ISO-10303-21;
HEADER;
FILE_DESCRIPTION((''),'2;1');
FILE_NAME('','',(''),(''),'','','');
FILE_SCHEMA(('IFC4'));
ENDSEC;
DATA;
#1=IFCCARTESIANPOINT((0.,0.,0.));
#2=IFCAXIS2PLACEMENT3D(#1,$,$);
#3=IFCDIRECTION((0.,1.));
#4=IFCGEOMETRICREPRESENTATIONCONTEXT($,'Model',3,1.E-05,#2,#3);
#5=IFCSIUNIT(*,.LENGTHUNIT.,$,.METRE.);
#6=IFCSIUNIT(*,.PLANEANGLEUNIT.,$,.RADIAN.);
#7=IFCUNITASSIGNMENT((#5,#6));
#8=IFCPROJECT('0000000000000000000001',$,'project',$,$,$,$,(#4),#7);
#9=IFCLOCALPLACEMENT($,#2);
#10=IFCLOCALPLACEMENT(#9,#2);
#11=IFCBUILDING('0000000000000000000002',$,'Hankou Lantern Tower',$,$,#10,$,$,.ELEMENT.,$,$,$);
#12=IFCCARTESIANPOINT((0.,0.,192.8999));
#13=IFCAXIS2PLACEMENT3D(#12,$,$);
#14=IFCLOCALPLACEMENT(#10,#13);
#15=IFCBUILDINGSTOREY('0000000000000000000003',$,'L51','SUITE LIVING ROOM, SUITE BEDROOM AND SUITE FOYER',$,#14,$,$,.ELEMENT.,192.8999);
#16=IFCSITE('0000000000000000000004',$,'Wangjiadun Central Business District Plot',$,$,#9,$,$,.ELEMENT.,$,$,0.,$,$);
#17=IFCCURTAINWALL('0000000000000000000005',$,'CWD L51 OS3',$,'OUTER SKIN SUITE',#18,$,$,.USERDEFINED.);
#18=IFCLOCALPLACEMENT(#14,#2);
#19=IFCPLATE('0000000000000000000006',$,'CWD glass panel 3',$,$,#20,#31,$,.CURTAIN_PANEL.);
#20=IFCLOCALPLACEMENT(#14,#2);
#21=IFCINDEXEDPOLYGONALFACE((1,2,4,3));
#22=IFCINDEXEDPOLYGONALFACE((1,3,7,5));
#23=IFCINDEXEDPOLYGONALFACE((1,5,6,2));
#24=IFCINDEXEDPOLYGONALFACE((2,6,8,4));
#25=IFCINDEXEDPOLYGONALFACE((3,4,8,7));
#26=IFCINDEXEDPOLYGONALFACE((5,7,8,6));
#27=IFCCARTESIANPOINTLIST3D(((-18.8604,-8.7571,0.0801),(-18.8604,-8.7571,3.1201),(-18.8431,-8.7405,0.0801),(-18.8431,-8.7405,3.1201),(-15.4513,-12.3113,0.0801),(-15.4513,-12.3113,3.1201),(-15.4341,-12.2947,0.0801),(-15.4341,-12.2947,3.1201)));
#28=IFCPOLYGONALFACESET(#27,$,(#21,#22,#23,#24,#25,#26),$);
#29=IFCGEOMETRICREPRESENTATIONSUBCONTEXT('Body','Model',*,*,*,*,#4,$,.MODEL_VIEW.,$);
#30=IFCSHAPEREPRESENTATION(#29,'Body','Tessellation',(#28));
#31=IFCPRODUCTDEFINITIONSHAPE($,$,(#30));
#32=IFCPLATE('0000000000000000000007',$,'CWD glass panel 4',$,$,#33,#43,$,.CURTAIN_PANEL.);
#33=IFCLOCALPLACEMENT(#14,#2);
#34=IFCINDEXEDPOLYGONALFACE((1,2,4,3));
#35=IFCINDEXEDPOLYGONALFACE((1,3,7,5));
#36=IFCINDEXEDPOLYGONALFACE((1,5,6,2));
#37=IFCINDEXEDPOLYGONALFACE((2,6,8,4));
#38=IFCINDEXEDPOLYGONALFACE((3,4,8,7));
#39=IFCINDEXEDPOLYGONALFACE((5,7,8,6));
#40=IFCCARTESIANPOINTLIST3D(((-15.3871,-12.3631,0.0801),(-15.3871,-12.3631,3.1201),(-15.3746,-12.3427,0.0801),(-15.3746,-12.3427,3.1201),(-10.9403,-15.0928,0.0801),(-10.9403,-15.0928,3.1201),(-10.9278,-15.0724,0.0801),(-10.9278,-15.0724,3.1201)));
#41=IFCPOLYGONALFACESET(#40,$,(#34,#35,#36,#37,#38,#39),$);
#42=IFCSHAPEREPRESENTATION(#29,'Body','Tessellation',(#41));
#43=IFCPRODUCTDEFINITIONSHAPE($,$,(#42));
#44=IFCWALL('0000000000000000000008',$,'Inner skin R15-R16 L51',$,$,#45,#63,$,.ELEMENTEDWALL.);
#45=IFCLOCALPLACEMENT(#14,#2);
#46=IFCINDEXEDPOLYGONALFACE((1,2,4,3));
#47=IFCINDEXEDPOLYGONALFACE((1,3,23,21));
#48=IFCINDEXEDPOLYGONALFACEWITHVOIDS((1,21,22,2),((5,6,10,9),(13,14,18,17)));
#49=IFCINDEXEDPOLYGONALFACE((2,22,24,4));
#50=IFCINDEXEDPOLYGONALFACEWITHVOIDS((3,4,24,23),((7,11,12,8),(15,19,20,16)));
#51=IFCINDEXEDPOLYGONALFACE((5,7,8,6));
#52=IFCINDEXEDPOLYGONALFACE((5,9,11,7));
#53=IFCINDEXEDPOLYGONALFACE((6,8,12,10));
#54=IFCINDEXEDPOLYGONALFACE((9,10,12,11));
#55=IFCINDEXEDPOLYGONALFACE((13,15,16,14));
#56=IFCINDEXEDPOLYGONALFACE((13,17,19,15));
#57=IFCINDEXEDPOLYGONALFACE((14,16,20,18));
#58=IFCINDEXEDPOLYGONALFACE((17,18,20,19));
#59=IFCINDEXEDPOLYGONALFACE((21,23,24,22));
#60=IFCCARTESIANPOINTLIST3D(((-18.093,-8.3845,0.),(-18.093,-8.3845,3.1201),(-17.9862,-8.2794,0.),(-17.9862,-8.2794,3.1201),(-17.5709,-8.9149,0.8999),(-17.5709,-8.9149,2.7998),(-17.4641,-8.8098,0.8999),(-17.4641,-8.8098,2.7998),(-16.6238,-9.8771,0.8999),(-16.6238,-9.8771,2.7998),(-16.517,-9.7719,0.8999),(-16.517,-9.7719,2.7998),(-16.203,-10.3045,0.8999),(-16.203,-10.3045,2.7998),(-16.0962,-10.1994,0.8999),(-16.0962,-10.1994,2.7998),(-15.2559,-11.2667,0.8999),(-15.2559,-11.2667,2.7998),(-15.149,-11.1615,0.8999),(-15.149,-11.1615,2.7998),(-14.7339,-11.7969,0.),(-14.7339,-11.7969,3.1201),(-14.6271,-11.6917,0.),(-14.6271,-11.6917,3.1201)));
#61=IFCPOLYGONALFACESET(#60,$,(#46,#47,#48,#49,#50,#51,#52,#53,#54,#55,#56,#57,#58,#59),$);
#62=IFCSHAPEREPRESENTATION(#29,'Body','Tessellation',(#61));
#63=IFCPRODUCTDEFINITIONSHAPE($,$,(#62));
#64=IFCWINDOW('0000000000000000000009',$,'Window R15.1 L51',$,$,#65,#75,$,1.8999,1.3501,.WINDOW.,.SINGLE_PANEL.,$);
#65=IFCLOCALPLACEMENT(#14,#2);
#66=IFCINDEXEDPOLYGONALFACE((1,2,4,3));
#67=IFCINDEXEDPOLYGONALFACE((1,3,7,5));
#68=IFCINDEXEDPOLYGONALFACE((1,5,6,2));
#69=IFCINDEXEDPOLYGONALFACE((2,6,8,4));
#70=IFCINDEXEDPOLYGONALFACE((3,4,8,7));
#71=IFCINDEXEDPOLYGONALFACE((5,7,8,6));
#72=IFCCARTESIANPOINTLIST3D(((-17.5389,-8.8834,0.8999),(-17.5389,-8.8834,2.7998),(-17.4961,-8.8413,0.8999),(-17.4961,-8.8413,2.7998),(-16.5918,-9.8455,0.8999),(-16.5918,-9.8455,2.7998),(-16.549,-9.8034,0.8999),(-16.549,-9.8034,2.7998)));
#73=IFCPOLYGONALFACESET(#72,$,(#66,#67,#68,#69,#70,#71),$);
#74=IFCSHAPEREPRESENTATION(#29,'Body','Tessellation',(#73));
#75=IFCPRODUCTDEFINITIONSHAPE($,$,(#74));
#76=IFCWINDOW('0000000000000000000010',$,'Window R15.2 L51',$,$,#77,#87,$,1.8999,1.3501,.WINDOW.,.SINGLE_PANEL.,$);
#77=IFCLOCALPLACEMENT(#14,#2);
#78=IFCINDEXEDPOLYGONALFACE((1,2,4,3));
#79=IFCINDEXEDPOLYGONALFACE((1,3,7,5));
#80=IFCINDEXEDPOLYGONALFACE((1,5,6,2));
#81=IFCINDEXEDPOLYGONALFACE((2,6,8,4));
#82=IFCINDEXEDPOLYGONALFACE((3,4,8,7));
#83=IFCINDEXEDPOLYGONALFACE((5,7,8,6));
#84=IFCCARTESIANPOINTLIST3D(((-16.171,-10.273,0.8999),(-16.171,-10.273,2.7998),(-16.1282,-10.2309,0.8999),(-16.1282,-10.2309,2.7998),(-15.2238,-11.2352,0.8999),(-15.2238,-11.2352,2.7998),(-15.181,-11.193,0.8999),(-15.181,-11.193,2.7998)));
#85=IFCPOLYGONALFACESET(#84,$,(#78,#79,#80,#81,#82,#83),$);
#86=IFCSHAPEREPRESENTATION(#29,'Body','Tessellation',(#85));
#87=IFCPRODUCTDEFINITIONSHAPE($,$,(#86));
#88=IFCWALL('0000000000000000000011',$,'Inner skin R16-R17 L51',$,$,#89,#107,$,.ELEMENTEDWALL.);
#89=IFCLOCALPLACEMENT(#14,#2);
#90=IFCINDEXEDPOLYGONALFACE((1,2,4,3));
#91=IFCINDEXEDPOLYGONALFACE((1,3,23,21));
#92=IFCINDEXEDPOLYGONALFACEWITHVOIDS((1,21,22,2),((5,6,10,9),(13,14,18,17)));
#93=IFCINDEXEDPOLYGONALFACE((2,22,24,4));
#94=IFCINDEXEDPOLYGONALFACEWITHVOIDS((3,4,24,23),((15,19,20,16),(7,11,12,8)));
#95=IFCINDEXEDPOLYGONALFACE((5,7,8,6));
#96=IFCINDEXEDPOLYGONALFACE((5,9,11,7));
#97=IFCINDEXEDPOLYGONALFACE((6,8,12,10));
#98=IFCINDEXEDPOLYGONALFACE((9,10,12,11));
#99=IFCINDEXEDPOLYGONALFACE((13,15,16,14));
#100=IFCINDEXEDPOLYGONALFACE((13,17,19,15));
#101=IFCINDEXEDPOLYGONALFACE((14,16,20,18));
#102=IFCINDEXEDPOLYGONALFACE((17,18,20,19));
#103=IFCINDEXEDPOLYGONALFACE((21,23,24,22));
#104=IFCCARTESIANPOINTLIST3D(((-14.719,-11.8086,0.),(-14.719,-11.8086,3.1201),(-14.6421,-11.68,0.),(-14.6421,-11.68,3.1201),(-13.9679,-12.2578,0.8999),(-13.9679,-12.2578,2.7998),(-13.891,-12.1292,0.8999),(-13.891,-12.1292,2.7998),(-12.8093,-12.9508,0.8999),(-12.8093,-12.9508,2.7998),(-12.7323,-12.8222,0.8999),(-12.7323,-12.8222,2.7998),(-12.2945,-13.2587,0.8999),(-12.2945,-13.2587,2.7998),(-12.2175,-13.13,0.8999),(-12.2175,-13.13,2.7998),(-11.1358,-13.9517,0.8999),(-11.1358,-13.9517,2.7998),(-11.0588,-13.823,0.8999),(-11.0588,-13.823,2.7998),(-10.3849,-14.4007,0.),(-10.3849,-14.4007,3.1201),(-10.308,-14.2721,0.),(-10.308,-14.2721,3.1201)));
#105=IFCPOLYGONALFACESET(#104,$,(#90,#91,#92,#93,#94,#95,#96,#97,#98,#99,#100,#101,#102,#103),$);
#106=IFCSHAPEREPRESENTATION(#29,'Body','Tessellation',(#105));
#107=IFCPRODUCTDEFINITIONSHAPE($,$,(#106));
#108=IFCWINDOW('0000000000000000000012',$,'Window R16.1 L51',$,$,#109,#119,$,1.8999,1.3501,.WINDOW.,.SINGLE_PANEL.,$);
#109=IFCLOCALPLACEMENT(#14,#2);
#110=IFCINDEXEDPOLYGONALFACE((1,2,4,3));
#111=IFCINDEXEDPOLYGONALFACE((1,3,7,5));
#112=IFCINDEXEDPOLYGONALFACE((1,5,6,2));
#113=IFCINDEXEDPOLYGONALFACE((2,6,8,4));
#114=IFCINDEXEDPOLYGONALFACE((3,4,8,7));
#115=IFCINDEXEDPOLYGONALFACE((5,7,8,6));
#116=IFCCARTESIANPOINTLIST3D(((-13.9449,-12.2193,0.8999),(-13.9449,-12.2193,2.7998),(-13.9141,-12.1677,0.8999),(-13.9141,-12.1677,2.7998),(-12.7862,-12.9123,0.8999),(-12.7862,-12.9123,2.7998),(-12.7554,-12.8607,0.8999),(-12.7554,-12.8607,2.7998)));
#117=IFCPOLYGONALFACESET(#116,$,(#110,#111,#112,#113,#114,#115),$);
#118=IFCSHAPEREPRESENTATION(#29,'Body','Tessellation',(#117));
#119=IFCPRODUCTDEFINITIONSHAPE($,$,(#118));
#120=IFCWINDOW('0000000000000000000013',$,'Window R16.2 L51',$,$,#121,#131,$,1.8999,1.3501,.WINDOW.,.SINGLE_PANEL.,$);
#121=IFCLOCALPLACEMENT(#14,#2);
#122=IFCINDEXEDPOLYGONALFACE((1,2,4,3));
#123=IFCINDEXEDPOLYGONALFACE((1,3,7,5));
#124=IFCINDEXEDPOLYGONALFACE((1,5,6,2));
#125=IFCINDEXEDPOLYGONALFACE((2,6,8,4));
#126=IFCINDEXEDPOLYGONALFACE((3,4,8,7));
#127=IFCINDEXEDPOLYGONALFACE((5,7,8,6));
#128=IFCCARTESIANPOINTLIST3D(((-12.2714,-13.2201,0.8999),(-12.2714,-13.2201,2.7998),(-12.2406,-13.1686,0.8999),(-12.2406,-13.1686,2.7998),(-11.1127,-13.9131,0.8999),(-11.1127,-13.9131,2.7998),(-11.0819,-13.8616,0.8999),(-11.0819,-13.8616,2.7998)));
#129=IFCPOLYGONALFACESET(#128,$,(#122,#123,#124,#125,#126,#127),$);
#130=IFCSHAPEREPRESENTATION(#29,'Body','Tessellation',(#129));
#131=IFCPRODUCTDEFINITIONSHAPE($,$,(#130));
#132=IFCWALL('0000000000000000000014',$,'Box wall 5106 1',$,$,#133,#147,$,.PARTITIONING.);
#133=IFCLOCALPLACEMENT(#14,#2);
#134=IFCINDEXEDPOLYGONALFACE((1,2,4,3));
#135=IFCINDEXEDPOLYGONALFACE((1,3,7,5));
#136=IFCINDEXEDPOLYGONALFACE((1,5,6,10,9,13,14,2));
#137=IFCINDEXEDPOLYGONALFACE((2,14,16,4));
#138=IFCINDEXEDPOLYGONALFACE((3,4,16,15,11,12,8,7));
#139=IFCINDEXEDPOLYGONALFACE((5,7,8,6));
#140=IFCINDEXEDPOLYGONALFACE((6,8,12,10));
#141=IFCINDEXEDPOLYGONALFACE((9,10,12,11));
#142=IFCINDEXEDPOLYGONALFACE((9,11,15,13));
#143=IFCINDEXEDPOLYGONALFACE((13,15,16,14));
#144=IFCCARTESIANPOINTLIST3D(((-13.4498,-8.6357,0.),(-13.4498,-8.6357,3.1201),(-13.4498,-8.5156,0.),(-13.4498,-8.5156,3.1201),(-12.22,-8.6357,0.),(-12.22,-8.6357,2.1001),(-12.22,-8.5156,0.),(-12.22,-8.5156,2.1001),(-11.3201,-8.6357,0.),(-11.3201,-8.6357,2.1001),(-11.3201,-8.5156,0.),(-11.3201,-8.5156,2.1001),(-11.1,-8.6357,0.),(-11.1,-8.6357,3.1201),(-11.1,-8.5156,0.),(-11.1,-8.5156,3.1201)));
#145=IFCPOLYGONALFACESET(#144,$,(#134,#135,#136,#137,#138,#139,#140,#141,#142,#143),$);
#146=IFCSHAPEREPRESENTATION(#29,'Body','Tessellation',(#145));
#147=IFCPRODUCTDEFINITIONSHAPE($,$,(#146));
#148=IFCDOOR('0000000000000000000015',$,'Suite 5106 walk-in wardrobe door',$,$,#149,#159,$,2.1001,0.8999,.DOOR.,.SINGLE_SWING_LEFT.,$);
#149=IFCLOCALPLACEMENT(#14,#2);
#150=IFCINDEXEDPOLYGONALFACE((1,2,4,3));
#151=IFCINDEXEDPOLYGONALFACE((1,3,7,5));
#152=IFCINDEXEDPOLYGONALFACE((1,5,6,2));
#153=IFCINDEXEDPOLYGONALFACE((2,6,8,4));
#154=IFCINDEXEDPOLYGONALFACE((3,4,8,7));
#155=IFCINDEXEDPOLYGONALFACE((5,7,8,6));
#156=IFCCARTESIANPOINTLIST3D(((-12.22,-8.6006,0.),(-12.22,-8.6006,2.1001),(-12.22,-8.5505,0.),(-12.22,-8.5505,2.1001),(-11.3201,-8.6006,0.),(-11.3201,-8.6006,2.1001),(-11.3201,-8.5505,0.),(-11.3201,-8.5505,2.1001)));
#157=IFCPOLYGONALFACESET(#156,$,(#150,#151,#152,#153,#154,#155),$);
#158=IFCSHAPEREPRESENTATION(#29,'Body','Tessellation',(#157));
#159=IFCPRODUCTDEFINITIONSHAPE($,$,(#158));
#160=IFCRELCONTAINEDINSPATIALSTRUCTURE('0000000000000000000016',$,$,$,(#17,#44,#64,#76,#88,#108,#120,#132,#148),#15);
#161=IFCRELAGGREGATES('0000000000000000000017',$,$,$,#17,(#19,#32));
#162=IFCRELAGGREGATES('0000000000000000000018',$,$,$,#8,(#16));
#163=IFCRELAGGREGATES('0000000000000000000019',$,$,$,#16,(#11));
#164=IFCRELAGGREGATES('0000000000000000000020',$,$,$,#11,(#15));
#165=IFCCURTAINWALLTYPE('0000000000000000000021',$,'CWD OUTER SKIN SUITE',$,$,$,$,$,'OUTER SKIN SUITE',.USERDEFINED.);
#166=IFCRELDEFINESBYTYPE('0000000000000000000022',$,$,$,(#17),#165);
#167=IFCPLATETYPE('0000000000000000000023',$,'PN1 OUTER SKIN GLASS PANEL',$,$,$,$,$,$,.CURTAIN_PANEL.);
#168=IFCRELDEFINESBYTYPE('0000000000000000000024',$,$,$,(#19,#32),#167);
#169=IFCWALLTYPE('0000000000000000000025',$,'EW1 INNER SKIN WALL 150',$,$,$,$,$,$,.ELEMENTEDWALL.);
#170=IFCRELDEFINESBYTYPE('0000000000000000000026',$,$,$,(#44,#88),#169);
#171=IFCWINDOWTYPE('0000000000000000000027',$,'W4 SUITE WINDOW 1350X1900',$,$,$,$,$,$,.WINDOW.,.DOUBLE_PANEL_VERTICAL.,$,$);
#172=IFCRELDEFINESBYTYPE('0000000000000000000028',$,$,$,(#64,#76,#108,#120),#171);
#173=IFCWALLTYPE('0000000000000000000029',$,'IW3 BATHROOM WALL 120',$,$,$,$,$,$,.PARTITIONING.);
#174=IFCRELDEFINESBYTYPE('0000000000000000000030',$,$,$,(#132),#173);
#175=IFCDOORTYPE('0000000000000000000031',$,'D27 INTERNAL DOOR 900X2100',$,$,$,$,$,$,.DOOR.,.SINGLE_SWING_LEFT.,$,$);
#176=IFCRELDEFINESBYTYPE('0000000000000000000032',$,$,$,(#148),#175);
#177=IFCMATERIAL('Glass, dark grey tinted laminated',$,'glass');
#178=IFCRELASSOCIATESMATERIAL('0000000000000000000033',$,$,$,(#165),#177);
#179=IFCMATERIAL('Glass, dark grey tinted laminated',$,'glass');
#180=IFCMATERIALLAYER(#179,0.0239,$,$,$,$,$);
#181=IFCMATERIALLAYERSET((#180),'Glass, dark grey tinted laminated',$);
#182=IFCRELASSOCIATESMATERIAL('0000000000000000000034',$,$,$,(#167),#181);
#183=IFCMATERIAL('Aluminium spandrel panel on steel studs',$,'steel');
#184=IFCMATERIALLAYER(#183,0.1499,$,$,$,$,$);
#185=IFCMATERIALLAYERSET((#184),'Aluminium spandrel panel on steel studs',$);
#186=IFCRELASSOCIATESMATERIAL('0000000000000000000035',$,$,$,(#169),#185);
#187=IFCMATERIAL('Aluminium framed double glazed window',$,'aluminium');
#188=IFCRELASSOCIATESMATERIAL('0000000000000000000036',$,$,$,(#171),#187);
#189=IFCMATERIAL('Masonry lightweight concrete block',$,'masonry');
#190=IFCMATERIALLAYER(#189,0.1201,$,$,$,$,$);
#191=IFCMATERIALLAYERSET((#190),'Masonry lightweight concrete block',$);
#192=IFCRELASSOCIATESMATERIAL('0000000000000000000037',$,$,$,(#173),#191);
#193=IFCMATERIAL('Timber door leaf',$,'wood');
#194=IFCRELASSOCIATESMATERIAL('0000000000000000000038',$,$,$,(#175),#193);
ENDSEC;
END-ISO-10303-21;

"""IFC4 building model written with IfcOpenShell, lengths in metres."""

from ifc_helpers import new_model, si_unit, direction, frame, frame_2d, origin, origin_2d, place, context, subcontext, project, spatial, rectangle, extrude, material, layer, layer_set, type_object, element, fill, aggregate, save


model = new_model("IFC4")

# Units and contexts
model_context = context("Model", 3, precision=1e-05, world=origin(), true_north=direction((0.0, 1.0)))
body_context = subcontext(model_context, "Body", "Model", "MODEL_VIEW")
ifc_project = project(units=[si_unit("LENGTHUNIT", "METRE"), si_unit("PLANEANGLEUNIT", "RADIAN")], contexts=[model_context])

# Site, building, storey
site_placement = place(None, origin())
site = spatial("IfcSite", under=ifc_project, at=site_placement, Name="Wangjiadun Central Business District Plot", CompositionType="ELEMENT", RefElevation=0.0)
building_placement = place(site_placement, origin())
building = spatial("IfcBuilding", under=site, at=building_placement, Name="Hankou Lantern Tower", CompositionType="ELEMENT")
storey_placement = place(building_placement, frame((0.0, 0.0, 192.8999)))
storey = spatial("IfcBuildingStorey", under=building, at=storey_placement, Name="L51", Description="SUITE LIVING ROOM, SUITE BEDROOM AND SUITE FOYER", CompositionType="ELEMENT", Elevation=192.8999)

# Curtain wall
ifc_material_1 = material(Name="Glass, dark grey tinted laminated", Category="glass")
curtain_wall_type = type_object("IfcCurtainWallType", Name="CWD OUTER SKIN SUITE", ElementType="OUTER SKIN SUITE", PredefinedType="USERDEFINED", material=ifc_material_1)
curtain_wall_placement = place(storey_placement, origin())
curtain_wall = element("IfcCurtainWall", 1, at=curtain_wall_placement, inside=storey, type_object=curtain_wall_type, Name="CWD L51 OS3", ObjectType="OUTER SKIN SUITE", PredefinedType="USERDEFINED")

# Plates
ifc_material_2 = material(Name="Glass, dark grey tinted laminated", Category="glass")
ifc_layer_1 = layer(ifc_material_2, 0.0239)
ifc_layer_set_1 = layer_set([ifc_layer_1], Name="Glass, dark grey tinted laminated")
plate_type = type_object("IfcPlateType", Name="PN1 OUTER SKIN GLASS PANEL", PredefinedType="CURTAIN_PANEL", material=ifc_layer_set_1)
plate_1_placement = place(storey_placement, frame((-17.1472, -10.5259, 0.0801), z_axis=(0.0, 0.0, 1.0), x_axis=(0.692216, -0.721691, 0.0)))
plate_1 = element("IfcPlate", 2, at=plate_1_placement, type_object=plate_type, Name="CWD glass panel 3", PredefinedType="CURTAIN_PANEL", context=body_context, shape_type="SweptSolid", body=[
    extrude(rectangle(XDim=4.9248, YDim=0.0239, at=origin_2d()), origin(), (0.0, 0.0, 1.0), 3.04),
])
plate_2_placement = place(storey_placement, frame((-13.1575, -13.7178, 0.0801), z_axis=(0.0, 0.0, 1.0), x_axis=(0.852237, -0.523156, 0.0)))
plate_2 = element("IfcPlate", 3, at=plate_2_placement, type_object=plate_type, Name="CWD glass panel 4", PredefinedType="CURTAIN_PANEL", context=body_context, shape_type="SweptSolid", body=[
    extrude(rectangle(XDim=5.2178, YDim=0.0239, at=origin_2d()), origin(), (0.0, 0.0, 1.0), 3.04),
])
aggregate(curtain_wall, [plate_1, plate_2])

# Walls, openings, windows
ifc_material_3 = material(Name="Aluminium spandrel panel on steel studs", Category="steel")
ifc_layer_2 = layer(ifc_material_3, 0.1499)
ifc_layer_set_2 = layer_set([ifc_layer_2], Name="Aluminium spandrel panel on steel studs")
wall_type_1 = type_object("IfcWallType", Name="EW1 INNER SKIN WALL 150", PredefinedType="ELEMENTEDWALL", material=ifc_layer_set_2)
wall_1_placement = place(storey_placement, frame((-18.0396, -8.332, 0.0), z_axis=(0.0, 0.0, 1.0), x_axis=(0.701527, -0.712643, 0.0)))
wall_1 = element("IfcWall", 4, at=wall_1_placement, inside=storey, type_object=wall_type_1, Name="Inner skin R15-R16 L51", PredefinedType="ELEMENTEDWALL", context=body_context, shape_type="SweptSolid", body=[
    extrude(rectangle(XDim=4.7883, YDim=0.1499, at=frame_2d((2.394, 0.0))), origin(), (0.0, 0.0, 1.0), 3.1201),
])
opening_1_placement = place(wall_1_placement, frame((0.7441, 0.0, 0.8999)))
opening_1 = element("IfcOpeningElement", 5, at=opening_1_placement, cuts=wall_1, PredefinedType="OPENING", context=body_context, shape_type="SweptSolid", body=[
    extrude(rectangle(XDim=1.3501, YDim=1.8999, at=frame_2d((0.675, 0.95))), frame((0.0, 0.085, 0.0), z_axis=(0.0, -1.0, 0.0), x_axis=(1.0, 0.0, 0.0)), (0.0, 0.0, 1.0), 0.1699),
])
opening_2_placement = place(wall_1_placement, frame((2.6941, 0.0, 0.8999)))
opening_2 = element("IfcOpeningElement", 6, at=opening_2_placement, cuts=wall_1, PredefinedType="OPENING", context=body_context, shape_type="SweptSolid", body=[
    extrude(rectangle(XDim=1.3501, YDim=1.8999, at=frame_2d((0.675, 0.95))), frame((0.0, 0.085, 0.0), z_axis=(0.0, -1.0, 0.0), x_axis=(1.0, 0.0, 0.0)), (0.0, 0.0, 1.0), 0.1699),
])
ifc_material_4 = material(Name="Aluminium framed double glazed window", Category="aluminium")
window_type = type_object("IfcWindowType", Name="W4 SUITE WINDOW 1350X1900", PartitioningType="DOUBLE_PANEL_VERTICAL", PredefinedType="WINDOW", material=ifc_material_4)
window_1_placement = place(opening_1_placement, origin())
window_1 = element("IfcWindow", 7, at=window_1_placement, inside=storey, type_object=window_type, Name="Window R15.1 L51", OverallHeight=1.8999, OverallWidth=1.3501, PartitioningType="SINGLE_PANEL", PredefinedType="WINDOW", context=body_context, shape_type="SweptSolid", body=[
    extrude(rectangle(XDim=1.3501, YDim=1.8999, at=frame_2d((0.675, 0.95))), frame((0.0, 0.03, 0.0), z_axis=(0.0, -1.0, 0.0), x_axis=(1.0, 0.0, 0.0)), (0.0, 0.0, 1.0), 0.0601),
])
fill(opening_1, window_1)
window_2_placement = place(opening_2_placement, origin())
window_2 = element("IfcWindow", 8, at=window_2_placement, inside=storey, type_object=window_type, Name="Window R15.2 L51", OverallHeight=1.8999, OverallWidth=1.3501, PartitioningType="SINGLE_PANEL", PredefinedType="WINDOW", context=body_context, shape_type="SweptSolid", body=[
    extrude(rectangle(XDim=1.3501, YDim=1.8999, at=frame_2d((0.675, 0.95))), frame((0.0, 0.03, 0.0), z_axis=(0.0, -1.0, 0.0), x_axis=(1.0, 0.0, 0.0)), (0.0, 0.0, 1.0), 0.0601),
])
fill(opening_2, window_2)
wall_2_placement = place(storey_placement, frame((-14.6804, -11.7444, 0.0), z_axis=(0.0, 0.0, 1.0), x_axis=(0.858222, -0.51328, 0.0)))
wall_2 = element("IfcWall", 9, at=wall_2_placement, inside=storey, type_object=wall_type_1, Name="Inner skin R16-R17 L51", PredefinedType="ELEMENTEDWALL", context=body_context, shape_type="SweptSolid", body=[
    extrude(rectangle(XDim=5.05, YDim=0.1499, at=frame_2d((2.5249, 0.0))), origin(), (0.0, 0.0, 1.0), 3.1201),
])
opening_3_placement = place(wall_2_placement, frame((0.875, 0.0, 0.8999)))
opening_3 = element("IfcOpeningElement", 10, at=opening_3_placement, cuts=wall_2, PredefinedType="OPENING", context=body_context, shape_type="SweptSolid", body=[
    extrude(rectangle(XDim=1.3501, YDim=1.8999, at=frame_2d((0.675, 0.95))), frame((0.0, 0.085, 0.0), z_axis=(0.0, -1.0, 0.0), x_axis=(1.0, 0.0, 0.0)), (0.0, 0.0, 1.0), 0.1699),
])
opening_4_placement = place(wall_2_placement, frame((2.825, 0.0, 0.8999)))
opening_4 = element("IfcOpeningElement", 11, at=opening_4_placement, cuts=wall_2, PredefinedType="OPENING", context=body_context, shape_type="SweptSolid", body=[
    extrude(rectangle(XDim=1.3501, YDim=1.8999, at=frame_2d((0.675, 0.95))), frame((0.0, 0.085, 0.0), z_axis=(0.0, -1.0, 0.0), x_axis=(1.0, 0.0, 0.0)), (0.0, 0.0, 1.0), 0.1699),
])
window_3_placement = place(opening_3_placement, origin())
window_3 = element("IfcWindow", 12, at=window_3_placement, inside=storey, type_object=window_type, Name="Window R16.1 L51", OverallHeight=1.8999, OverallWidth=1.3501, PartitioningType="SINGLE_PANEL", PredefinedType="WINDOW", context=body_context, shape_type="SweptSolid", body=[
    extrude(rectangle(XDim=1.3501, YDim=1.8999, at=frame_2d((0.675, 0.95))), frame((0.0, 0.03, 0.0), z_axis=(0.0, -1.0, 0.0), x_axis=(1.0, 0.0, 0.0)), (0.0, 0.0, 1.0), 0.0601),
])
fill(opening_3, window_3)
window_4_placement = place(opening_4_placement, origin())
window_4 = element("IfcWindow", 13, at=window_4_placement, inside=storey, type_object=window_type, Name="Window R16.2 L51", OverallHeight=1.8999, OverallWidth=1.3501, PartitioningType="SINGLE_PANEL", PredefinedType="WINDOW", context=body_context, shape_type="SweptSolid", body=[
    extrude(rectangle(XDim=1.3501, YDim=1.8999, at=frame_2d((0.675, 0.95))), frame((0.0, 0.03, 0.0), z_axis=(0.0, -1.0, 0.0), x_axis=(1.0, 0.0, 0.0)), (0.0, 0.0, 1.0), 0.0601),
])
fill(opening_4, window_4)

# Wall, opening, door
ifc_material_5 = material(Name="Masonry lightweight concrete block", Category="masonry")
ifc_layer_3 = layer(ifc_material_5, 0.1201)
ifc_layer_set_3 = layer_set([ifc_layer_3], Name="Masonry lightweight concrete block")
wall_type_2 = type_object("IfcWallType", Name="IW3 BATHROOM WALL 120", PredefinedType="PARTITIONING", material=ifc_layer_set_3)
wall_3_placement = place(storey_placement, frame((-11.1001, -8.5757, 0.0), z_axis=(0.0, 0.0, 1.0), x_axis=(-1.0, 0.0, 0.0)))
wall_3 = element("IfcWall", 14, at=wall_3_placement, inside=storey, type_object=wall_type_2, Name="Box wall 5106 1", PredefinedType="PARTITIONING", context=body_context, shape_type="SweptSolid", body=[
    extrude(rectangle(XDim=2.3499, YDim=0.1201, at=frame_2d((1.1748, 0.0))), origin(), (0.0, 0.0, 1.0), 3.1201),
])
opening_5_placement = place(wall_3_placement, frame((0.22, 0.0, 0.0)))
opening_5 = element("IfcOpeningElement", 15, at=opening_5_placement, cuts=wall_3, PredefinedType="OPENING", context=body_context, shape_type="SweptSolid", body=[
    extrude(rectangle(XDim=0.8999, YDim=2.1001, at=frame_2d((0.45, 1.05))), frame((0.0, 0.0701, 0.0), z_axis=(0.0, -1.0, 0.0), x_axis=(1.0, 0.0, 0.0)), (0.0, 0.0, 1.0), 0.1401),
])
ifc_material_6 = material(Name="Timber door leaf", Category="wood")
door_type = type_object("IfcDoorType", Name="D27 INTERNAL DOOR 900X2100", OperationType="SINGLE_SWING_LEFT", PredefinedType="DOOR", material=ifc_material_6)
door_1_placement = place(opening_5_placement, origin())
door_1 = element("IfcDoor", 16, at=door_1_placement, inside=storey, type_object=door_type, Name="Suite 5106 walk-in wardrobe door", OperationType="SINGLE_SWING_LEFT", OverallHeight=2.1001, OverallWidth=0.8999, PredefinedType="DOOR", context=body_context, shape_type="SweptSolid", body=[
    extrude(rectangle(XDim=0.8999, YDim=2.1001, at=frame_2d((0.45, 1.05))), frame((0.0, 0.0249, 0.0), z_axis=(0.0, -1.0, 0.0), x_axis=(1.0, 0.0, 0.0)), (0.0, 0.0, 1.0), 0.05),
])
fill(opening_5, door_1)

save(model, "model.ifc")
